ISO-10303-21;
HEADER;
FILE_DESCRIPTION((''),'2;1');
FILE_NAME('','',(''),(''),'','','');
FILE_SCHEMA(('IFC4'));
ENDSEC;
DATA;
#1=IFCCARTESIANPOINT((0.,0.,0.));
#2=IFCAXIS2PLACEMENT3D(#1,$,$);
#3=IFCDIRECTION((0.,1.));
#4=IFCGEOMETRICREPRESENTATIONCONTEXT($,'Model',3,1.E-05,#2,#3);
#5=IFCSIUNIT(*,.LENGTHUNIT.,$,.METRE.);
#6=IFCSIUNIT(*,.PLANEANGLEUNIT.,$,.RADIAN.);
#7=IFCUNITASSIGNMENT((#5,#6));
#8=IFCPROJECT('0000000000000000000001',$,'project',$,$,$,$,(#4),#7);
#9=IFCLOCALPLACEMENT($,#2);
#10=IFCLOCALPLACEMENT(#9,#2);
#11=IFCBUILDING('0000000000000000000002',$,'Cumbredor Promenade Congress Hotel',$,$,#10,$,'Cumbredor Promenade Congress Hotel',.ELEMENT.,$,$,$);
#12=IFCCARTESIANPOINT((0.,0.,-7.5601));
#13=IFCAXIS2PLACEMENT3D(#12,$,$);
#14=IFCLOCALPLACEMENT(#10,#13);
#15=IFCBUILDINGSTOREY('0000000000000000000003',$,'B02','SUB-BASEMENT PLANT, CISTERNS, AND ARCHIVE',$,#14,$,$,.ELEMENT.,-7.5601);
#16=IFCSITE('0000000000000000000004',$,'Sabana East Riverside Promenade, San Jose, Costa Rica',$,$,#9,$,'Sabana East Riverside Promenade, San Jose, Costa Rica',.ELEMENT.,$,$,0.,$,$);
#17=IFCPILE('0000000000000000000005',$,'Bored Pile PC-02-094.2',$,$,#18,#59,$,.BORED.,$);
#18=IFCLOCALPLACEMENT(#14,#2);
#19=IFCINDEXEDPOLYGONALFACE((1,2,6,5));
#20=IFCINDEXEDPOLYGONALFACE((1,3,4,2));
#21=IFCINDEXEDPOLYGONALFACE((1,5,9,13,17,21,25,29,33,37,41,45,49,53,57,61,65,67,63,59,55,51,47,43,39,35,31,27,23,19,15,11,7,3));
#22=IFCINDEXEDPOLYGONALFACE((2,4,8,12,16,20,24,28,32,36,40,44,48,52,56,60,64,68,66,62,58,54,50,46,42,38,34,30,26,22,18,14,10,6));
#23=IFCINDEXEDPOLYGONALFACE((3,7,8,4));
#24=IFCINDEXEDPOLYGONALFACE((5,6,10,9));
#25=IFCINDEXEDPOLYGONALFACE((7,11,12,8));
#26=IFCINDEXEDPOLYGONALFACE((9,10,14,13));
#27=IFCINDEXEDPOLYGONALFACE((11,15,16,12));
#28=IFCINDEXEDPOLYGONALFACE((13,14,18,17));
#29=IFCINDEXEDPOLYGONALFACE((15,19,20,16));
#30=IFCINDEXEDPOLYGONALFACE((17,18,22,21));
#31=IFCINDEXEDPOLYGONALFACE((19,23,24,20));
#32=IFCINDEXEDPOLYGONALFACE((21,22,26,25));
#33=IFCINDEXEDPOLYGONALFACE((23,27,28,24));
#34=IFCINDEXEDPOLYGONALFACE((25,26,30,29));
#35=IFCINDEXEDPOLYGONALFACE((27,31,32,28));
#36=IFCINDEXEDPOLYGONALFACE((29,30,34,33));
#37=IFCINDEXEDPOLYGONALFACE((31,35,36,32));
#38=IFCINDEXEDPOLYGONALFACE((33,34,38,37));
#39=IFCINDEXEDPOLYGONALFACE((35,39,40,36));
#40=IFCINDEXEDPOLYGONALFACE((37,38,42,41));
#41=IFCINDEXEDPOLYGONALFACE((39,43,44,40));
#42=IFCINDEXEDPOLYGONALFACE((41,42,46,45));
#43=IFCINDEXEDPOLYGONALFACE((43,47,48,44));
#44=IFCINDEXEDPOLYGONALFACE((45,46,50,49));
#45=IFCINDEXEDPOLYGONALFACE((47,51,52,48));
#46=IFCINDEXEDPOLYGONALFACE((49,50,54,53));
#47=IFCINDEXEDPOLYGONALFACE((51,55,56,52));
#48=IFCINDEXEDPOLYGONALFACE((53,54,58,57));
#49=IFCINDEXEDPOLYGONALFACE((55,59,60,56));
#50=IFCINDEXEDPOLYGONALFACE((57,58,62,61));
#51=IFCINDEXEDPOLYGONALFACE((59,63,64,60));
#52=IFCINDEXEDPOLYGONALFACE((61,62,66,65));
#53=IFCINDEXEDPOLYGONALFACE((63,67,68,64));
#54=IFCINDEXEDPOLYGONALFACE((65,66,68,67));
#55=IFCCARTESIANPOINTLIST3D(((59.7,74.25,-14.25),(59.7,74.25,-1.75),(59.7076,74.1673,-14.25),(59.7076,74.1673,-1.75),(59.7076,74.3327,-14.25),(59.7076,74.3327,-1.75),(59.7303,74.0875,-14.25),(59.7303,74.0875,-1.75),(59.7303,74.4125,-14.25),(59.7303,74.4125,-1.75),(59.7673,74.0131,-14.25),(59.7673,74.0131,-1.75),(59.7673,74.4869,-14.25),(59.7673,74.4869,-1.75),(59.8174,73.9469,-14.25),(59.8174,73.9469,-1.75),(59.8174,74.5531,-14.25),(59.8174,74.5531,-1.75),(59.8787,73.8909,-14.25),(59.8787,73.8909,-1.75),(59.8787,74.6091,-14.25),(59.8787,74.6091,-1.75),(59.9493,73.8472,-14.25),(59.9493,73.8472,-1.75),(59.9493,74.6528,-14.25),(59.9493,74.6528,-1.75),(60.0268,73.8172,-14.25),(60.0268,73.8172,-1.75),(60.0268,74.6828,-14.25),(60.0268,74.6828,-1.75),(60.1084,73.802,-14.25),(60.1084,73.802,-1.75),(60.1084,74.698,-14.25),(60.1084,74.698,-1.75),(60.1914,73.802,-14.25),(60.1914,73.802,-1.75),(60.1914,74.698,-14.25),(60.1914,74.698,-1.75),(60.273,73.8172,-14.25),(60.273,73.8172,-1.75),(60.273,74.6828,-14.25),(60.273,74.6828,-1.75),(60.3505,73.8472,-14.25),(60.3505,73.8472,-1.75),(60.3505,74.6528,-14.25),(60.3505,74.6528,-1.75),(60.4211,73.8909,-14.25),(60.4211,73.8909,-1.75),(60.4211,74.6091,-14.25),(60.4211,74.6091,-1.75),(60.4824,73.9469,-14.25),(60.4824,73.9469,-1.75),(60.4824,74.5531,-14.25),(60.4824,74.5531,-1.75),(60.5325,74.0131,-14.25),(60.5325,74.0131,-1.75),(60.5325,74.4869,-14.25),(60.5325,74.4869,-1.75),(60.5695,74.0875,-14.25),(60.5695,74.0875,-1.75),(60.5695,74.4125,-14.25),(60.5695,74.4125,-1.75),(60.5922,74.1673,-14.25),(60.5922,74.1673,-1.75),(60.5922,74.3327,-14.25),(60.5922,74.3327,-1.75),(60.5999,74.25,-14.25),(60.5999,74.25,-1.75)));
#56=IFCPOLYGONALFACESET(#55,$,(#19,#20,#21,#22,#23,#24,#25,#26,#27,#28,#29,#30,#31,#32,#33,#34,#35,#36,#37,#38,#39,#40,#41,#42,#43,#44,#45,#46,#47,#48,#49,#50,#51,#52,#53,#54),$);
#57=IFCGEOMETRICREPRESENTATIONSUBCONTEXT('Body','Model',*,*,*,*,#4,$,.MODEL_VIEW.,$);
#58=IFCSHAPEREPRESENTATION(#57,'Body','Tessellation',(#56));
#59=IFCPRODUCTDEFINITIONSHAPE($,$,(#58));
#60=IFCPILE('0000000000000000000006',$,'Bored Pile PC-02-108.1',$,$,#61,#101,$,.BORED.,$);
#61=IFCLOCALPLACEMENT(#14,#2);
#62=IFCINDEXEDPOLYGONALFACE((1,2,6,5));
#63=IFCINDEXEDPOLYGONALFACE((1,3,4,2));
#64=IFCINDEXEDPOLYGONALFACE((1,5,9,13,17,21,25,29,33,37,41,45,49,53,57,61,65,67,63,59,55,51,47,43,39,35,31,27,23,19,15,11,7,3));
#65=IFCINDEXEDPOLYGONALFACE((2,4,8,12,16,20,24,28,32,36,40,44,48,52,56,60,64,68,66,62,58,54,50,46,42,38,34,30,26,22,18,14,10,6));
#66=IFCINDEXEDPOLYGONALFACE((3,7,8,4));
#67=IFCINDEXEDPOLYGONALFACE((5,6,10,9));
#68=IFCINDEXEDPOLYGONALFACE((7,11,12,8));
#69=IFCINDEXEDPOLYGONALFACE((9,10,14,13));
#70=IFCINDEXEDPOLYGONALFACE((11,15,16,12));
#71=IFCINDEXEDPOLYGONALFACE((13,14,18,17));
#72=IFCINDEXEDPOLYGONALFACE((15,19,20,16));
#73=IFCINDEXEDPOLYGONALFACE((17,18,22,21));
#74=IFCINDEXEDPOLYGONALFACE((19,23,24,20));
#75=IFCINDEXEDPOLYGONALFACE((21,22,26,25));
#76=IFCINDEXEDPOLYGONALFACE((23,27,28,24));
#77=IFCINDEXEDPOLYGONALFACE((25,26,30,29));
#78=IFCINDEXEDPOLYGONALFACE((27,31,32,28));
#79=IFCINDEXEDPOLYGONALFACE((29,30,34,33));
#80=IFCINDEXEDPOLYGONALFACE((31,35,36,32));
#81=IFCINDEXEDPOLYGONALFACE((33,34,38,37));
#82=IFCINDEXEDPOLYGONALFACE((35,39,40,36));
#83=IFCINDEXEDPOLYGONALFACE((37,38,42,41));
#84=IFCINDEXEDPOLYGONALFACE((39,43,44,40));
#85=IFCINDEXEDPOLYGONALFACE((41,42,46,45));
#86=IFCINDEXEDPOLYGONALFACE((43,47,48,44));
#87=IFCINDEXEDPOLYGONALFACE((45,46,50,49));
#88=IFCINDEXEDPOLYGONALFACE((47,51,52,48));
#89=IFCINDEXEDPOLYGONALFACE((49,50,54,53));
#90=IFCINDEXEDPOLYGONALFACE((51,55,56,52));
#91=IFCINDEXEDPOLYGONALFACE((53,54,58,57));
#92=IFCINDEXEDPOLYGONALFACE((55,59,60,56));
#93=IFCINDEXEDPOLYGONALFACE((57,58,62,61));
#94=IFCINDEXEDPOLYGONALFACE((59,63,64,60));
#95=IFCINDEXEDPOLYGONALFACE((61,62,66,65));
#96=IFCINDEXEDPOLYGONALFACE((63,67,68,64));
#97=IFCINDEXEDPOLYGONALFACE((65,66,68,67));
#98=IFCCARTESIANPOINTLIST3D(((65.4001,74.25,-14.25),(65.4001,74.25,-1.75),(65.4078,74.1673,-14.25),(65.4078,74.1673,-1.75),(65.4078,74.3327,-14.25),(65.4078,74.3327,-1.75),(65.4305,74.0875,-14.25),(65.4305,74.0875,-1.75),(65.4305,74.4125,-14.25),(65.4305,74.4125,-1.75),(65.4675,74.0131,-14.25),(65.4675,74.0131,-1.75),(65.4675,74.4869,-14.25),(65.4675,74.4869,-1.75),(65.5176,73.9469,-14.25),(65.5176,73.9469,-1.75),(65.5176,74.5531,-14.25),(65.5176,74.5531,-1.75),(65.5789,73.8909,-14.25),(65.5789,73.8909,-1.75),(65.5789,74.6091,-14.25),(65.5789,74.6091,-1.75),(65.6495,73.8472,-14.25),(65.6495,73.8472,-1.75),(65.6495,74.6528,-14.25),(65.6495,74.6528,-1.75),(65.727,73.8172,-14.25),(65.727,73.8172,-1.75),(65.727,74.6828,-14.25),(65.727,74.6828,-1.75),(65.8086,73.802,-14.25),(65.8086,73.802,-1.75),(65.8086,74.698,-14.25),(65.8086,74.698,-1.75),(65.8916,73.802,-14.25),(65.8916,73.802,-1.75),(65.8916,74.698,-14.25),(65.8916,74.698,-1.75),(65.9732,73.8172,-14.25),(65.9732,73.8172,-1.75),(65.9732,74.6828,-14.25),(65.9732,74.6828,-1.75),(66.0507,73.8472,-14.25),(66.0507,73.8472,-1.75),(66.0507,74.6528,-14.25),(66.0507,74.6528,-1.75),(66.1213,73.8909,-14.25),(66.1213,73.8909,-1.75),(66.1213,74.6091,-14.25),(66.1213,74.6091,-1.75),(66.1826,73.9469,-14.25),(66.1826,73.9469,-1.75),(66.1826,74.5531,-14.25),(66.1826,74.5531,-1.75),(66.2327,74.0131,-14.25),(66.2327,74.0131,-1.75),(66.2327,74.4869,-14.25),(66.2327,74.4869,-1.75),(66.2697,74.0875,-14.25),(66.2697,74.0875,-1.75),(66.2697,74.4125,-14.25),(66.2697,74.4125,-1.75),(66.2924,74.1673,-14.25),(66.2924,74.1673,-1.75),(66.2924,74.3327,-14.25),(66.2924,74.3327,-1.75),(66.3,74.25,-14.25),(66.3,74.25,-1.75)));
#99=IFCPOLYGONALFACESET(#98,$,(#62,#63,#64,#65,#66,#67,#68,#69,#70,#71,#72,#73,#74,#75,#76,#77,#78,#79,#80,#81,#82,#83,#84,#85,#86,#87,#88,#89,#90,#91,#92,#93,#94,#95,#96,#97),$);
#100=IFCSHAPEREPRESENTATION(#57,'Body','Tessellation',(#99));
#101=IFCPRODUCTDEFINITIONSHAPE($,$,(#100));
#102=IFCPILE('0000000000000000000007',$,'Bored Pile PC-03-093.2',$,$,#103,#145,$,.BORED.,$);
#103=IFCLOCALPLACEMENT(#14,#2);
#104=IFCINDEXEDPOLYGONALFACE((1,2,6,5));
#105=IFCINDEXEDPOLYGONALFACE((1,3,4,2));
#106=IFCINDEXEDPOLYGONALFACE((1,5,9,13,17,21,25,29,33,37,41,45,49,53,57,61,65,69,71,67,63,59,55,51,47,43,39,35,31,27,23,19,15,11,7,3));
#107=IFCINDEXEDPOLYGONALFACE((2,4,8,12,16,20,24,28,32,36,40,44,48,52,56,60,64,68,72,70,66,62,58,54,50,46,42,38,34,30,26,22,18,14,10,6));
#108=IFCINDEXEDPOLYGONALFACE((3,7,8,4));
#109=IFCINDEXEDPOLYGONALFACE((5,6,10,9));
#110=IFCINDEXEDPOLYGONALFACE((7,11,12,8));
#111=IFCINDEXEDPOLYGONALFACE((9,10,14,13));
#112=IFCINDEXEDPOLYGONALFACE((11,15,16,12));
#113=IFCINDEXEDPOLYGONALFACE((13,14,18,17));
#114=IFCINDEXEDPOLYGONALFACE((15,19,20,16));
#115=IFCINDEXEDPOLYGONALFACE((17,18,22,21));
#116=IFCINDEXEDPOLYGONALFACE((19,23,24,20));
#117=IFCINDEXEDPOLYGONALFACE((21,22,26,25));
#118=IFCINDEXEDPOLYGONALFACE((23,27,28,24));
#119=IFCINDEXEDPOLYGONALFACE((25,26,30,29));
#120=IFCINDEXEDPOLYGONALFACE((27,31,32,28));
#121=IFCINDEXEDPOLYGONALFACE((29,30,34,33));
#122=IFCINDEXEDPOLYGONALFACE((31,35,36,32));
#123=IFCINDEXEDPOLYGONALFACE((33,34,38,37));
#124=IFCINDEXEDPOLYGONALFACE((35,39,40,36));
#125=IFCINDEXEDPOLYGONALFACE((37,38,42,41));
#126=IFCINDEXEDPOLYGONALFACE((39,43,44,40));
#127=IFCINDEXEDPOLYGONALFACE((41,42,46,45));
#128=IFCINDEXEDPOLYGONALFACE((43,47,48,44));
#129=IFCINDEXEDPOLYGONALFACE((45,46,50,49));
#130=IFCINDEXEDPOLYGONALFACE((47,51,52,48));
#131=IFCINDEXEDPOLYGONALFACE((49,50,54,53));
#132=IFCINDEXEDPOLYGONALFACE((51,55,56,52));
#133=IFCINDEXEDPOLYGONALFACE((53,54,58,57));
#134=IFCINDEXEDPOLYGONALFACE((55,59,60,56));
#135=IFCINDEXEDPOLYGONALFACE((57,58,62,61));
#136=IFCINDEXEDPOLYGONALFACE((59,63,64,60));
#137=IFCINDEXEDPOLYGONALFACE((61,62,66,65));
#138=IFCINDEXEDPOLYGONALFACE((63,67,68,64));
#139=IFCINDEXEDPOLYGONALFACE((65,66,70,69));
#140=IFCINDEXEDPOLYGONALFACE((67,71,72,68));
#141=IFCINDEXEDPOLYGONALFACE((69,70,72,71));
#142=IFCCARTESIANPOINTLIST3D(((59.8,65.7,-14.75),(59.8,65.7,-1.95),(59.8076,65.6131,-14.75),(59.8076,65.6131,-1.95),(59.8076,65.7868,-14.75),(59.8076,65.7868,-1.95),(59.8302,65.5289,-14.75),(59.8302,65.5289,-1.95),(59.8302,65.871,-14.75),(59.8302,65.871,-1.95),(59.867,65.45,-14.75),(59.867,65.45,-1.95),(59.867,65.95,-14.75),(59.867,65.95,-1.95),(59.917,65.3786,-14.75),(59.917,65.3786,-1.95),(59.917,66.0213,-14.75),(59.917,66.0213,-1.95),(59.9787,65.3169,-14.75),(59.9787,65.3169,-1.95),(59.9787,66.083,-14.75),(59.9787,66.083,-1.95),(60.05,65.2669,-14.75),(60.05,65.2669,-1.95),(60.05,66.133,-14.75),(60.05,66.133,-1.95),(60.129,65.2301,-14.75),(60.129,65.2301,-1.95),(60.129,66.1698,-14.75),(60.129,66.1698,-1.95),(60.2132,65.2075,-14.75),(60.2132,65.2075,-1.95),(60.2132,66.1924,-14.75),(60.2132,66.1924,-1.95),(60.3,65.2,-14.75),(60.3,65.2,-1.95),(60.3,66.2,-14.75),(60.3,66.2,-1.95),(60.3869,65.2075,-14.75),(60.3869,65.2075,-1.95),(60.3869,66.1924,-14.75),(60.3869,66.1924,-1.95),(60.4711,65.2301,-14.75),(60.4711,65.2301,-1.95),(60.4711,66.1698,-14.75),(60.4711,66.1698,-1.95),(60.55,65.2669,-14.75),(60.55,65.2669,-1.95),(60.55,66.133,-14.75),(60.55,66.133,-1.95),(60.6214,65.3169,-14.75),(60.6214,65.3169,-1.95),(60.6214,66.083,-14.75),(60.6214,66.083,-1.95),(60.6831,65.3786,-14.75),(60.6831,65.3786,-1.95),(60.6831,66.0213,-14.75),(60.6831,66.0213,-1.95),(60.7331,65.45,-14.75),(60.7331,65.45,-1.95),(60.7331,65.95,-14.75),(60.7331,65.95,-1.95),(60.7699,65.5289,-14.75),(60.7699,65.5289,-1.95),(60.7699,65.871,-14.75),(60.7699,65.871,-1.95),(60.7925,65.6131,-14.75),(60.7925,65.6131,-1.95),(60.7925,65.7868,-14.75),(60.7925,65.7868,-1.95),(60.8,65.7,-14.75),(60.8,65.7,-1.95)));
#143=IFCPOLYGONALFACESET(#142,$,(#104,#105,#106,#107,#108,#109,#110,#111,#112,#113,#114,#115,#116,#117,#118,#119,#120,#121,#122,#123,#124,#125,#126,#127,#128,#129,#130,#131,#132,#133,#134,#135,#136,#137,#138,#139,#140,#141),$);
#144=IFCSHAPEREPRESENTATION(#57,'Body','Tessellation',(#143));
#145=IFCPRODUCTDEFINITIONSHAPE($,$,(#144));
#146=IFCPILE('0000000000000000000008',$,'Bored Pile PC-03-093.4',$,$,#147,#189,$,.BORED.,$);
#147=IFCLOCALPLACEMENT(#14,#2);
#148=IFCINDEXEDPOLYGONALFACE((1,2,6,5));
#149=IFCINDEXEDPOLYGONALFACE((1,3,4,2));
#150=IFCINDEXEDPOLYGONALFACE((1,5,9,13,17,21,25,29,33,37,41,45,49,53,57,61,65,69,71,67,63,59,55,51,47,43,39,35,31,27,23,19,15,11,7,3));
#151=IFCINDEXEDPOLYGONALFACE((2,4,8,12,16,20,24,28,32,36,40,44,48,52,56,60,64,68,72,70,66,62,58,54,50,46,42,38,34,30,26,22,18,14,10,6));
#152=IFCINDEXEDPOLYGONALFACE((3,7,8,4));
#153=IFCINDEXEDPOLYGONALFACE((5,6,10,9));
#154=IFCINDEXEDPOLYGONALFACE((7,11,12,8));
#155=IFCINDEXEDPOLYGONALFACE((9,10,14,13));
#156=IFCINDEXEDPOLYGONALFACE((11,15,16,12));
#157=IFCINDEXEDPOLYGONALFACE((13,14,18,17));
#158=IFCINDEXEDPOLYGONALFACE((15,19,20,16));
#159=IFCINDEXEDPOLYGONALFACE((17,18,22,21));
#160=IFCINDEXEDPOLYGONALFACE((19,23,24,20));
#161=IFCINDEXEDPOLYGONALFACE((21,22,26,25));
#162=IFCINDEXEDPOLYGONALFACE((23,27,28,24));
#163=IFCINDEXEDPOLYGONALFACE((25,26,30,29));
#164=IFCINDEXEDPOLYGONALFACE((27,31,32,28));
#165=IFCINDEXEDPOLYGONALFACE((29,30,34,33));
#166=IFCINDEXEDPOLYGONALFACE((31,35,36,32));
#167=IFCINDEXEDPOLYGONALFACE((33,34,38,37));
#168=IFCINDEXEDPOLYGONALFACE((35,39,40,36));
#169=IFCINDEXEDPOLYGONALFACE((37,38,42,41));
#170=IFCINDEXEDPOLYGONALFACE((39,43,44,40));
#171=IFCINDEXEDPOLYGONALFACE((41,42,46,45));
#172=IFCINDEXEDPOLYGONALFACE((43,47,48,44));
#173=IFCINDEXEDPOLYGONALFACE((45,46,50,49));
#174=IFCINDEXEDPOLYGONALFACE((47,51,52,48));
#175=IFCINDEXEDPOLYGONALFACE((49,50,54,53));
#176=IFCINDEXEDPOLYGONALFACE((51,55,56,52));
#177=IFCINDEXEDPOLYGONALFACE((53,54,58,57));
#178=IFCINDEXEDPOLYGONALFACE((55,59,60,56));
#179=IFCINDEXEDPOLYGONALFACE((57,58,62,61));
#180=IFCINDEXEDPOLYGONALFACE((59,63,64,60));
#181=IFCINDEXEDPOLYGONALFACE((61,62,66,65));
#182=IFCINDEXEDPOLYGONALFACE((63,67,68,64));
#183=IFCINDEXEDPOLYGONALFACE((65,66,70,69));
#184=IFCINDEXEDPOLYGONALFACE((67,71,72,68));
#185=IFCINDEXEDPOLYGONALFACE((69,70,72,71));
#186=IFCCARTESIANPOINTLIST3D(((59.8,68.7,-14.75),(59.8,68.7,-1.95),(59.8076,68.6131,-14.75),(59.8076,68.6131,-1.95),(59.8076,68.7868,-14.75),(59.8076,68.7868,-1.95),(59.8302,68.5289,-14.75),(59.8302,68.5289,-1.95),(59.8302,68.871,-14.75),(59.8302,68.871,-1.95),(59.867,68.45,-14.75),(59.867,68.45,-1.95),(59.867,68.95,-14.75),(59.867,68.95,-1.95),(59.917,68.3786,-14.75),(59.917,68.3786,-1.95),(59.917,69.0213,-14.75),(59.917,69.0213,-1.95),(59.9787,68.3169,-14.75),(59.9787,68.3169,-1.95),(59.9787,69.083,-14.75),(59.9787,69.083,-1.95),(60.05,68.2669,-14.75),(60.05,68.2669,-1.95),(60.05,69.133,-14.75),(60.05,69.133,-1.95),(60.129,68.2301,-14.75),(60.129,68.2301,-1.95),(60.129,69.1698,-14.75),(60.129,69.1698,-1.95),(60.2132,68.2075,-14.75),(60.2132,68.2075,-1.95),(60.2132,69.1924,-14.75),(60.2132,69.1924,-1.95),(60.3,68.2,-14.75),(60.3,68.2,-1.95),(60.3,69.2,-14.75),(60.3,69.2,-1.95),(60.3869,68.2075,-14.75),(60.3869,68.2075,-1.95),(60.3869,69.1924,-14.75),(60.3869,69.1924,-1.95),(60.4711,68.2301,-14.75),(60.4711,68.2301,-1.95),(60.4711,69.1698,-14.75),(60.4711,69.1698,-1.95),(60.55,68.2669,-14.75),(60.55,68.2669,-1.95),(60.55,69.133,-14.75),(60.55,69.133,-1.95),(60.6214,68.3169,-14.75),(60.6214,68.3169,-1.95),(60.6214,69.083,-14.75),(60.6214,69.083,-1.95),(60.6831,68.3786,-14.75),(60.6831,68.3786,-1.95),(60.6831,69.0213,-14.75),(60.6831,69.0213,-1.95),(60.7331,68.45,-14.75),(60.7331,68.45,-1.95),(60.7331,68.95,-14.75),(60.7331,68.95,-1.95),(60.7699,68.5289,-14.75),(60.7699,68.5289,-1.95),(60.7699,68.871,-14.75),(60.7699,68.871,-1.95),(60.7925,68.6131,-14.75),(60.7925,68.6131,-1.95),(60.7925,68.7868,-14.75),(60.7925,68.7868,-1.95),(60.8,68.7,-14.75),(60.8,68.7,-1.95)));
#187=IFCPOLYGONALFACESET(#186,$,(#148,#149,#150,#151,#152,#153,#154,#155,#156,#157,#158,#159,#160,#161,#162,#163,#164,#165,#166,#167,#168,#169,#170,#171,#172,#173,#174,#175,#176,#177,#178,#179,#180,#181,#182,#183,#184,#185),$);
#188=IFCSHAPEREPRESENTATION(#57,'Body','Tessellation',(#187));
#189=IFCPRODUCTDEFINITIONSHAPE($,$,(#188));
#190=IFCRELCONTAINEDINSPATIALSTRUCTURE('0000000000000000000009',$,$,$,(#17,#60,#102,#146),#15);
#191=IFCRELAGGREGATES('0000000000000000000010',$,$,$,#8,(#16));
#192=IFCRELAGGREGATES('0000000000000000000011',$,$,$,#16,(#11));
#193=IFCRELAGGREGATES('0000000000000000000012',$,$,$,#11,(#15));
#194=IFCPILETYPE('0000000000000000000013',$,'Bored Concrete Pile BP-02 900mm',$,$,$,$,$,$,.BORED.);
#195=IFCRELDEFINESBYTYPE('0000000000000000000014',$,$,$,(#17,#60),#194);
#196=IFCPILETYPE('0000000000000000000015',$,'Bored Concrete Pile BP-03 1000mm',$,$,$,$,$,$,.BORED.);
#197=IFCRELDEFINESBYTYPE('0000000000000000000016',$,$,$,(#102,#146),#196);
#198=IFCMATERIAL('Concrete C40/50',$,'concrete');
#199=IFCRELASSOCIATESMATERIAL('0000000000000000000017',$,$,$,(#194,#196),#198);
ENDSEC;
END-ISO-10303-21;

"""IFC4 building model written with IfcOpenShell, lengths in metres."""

from ifc_helpers import new_model, si_unit, direction, frame, origin, origin_2d, place, context, subcontext, project, spatial, circle, extrude, material, material_profile, profile_set, type_object, element, save


model = new_model("IFC4")

# Units and contexts
model_context = context("Model", 3, precision=1e-05, world=origin(), true_north=direction((0.0, 1.0)))
body_context = subcontext(model_context, "Body", "Model", "MODEL_VIEW")
ifc_project = project(units=[si_unit("LENGTHUNIT", "METRE"), si_unit("PLANEANGLEUNIT", "RADIAN")], contexts=[model_context])

# Site, building, storey
site_placement = place(None, origin())
site = spatial("IfcSite", under=ifc_project, at=site_placement, Name="Sabana East Riverside Promenade, San Jose, Costa Rica", LongName="Sabana East Riverside Promenade, San Jose, Costa Rica", CompositionType="ELEMENT", RefElevation=0.0)
building_placement = place(site_placement, origin())
building = spatial("IfcBuilding", under=site, at=building_placement, Name="Cumbredor Promenade Congress Hotel", LongName="Cumbredor Promenade Congress Hotel", CompositionType="ELEMENT")
storey_placement = place(building_placement, frame((0.0, 0.0, -7.5601)))
storey = spatial("IfcBuildingStorey", under=building, at=storey_placement, Name="B02", Description="SUB-BASEMENT PLANT, CISTERNS, AND ARCHIVE", CompositionType="ELEMENT", Elevation=-7.5601)

# Piles
ifc_material_1 = material(Name="Concrete C40/50", Category="concrete")
ifc_material_profile_1 = material_profile(ifc_material_1, circle(Radius=0.45, at=origin_2d()), Name="PILE D900")
ifc_profile_set_1 = profile_set([ifc_material_profile_1], Name="Concrete C40/50")
pile_type_1 = type_object("IfcPileType", Name="Bored Concrete Pile BP-02 900mm", PredefinedType="BORED", material=ifc_profile_set_1)
for number, where, z_axis, x_axis, name in (
    (1, (60.1499, 74.25, -1.75), (0.0, 0.0, -1.0), (1.0, 0.0, 0.0), "Bored Pile PC-02-094.2"),
    (2, (65.8501, 74.25, -1.75), (0.0, 0.0, -1.0), (1.0, 0.0, 0.0), "Bored Pile PC-02-108.1"),
):
    element("IfcPile", number, at=place(storey_placement, frame(where, z_axis=z_axis, x_axis=x_axis)), inside=storey, type_object=pile_type_1, Name=name, PredefinedType="BORED", context=body_context, shape_type="SweptSolid", body=[
        extrude(circle(Radius=0.45, at=origin_2d()), origin(), (0.0, 0.0, 1.0), 12.5),
    ])
ifc_material_profile_2 = material_profile(ifc_material_1, circle(Radius=0.5, at=origin_2d()), Name="PILE D1000")
ifc_profile_set_2 = profile_set([ifc_material_profile_2], Name="Concrete C40/50")
pile_type_2 = type_object("IfcPileType", Name="Bored Concrete Pile BP-03 1000mm", PredefinedType="BORED", material=ifc_profile_set_2)
for number, where, z_axis, x_axis, name in (
    (3, (60.3, 65.7, -1.95), (0.0, 0.0, -1.0), (1.0, 0.0, 0.0), "Bored Pile PC-03-093.2"),
    (4, (60.3, 68.7, -1.95), (0.0, 0.0, -1.0), (1.0, 0.0, 0.0), "Bored Pile PC-03-093.4"),
):
    element("IfcPile", number, at=place(storey_placement, frame(where, z_axis=z_axis, x_axis=x_axis)), inside=storey, type_object=pile_type_2, Name=name, PredefinedType="BORED", context=body_context, shape_type="SweptSolid", body=[
        extrude(circle(Radius=0.5, at=origin_2d()), origin(), (0.0, 0.0, 1.0), 12.8),
    ])

save(model, "model.ifc")
